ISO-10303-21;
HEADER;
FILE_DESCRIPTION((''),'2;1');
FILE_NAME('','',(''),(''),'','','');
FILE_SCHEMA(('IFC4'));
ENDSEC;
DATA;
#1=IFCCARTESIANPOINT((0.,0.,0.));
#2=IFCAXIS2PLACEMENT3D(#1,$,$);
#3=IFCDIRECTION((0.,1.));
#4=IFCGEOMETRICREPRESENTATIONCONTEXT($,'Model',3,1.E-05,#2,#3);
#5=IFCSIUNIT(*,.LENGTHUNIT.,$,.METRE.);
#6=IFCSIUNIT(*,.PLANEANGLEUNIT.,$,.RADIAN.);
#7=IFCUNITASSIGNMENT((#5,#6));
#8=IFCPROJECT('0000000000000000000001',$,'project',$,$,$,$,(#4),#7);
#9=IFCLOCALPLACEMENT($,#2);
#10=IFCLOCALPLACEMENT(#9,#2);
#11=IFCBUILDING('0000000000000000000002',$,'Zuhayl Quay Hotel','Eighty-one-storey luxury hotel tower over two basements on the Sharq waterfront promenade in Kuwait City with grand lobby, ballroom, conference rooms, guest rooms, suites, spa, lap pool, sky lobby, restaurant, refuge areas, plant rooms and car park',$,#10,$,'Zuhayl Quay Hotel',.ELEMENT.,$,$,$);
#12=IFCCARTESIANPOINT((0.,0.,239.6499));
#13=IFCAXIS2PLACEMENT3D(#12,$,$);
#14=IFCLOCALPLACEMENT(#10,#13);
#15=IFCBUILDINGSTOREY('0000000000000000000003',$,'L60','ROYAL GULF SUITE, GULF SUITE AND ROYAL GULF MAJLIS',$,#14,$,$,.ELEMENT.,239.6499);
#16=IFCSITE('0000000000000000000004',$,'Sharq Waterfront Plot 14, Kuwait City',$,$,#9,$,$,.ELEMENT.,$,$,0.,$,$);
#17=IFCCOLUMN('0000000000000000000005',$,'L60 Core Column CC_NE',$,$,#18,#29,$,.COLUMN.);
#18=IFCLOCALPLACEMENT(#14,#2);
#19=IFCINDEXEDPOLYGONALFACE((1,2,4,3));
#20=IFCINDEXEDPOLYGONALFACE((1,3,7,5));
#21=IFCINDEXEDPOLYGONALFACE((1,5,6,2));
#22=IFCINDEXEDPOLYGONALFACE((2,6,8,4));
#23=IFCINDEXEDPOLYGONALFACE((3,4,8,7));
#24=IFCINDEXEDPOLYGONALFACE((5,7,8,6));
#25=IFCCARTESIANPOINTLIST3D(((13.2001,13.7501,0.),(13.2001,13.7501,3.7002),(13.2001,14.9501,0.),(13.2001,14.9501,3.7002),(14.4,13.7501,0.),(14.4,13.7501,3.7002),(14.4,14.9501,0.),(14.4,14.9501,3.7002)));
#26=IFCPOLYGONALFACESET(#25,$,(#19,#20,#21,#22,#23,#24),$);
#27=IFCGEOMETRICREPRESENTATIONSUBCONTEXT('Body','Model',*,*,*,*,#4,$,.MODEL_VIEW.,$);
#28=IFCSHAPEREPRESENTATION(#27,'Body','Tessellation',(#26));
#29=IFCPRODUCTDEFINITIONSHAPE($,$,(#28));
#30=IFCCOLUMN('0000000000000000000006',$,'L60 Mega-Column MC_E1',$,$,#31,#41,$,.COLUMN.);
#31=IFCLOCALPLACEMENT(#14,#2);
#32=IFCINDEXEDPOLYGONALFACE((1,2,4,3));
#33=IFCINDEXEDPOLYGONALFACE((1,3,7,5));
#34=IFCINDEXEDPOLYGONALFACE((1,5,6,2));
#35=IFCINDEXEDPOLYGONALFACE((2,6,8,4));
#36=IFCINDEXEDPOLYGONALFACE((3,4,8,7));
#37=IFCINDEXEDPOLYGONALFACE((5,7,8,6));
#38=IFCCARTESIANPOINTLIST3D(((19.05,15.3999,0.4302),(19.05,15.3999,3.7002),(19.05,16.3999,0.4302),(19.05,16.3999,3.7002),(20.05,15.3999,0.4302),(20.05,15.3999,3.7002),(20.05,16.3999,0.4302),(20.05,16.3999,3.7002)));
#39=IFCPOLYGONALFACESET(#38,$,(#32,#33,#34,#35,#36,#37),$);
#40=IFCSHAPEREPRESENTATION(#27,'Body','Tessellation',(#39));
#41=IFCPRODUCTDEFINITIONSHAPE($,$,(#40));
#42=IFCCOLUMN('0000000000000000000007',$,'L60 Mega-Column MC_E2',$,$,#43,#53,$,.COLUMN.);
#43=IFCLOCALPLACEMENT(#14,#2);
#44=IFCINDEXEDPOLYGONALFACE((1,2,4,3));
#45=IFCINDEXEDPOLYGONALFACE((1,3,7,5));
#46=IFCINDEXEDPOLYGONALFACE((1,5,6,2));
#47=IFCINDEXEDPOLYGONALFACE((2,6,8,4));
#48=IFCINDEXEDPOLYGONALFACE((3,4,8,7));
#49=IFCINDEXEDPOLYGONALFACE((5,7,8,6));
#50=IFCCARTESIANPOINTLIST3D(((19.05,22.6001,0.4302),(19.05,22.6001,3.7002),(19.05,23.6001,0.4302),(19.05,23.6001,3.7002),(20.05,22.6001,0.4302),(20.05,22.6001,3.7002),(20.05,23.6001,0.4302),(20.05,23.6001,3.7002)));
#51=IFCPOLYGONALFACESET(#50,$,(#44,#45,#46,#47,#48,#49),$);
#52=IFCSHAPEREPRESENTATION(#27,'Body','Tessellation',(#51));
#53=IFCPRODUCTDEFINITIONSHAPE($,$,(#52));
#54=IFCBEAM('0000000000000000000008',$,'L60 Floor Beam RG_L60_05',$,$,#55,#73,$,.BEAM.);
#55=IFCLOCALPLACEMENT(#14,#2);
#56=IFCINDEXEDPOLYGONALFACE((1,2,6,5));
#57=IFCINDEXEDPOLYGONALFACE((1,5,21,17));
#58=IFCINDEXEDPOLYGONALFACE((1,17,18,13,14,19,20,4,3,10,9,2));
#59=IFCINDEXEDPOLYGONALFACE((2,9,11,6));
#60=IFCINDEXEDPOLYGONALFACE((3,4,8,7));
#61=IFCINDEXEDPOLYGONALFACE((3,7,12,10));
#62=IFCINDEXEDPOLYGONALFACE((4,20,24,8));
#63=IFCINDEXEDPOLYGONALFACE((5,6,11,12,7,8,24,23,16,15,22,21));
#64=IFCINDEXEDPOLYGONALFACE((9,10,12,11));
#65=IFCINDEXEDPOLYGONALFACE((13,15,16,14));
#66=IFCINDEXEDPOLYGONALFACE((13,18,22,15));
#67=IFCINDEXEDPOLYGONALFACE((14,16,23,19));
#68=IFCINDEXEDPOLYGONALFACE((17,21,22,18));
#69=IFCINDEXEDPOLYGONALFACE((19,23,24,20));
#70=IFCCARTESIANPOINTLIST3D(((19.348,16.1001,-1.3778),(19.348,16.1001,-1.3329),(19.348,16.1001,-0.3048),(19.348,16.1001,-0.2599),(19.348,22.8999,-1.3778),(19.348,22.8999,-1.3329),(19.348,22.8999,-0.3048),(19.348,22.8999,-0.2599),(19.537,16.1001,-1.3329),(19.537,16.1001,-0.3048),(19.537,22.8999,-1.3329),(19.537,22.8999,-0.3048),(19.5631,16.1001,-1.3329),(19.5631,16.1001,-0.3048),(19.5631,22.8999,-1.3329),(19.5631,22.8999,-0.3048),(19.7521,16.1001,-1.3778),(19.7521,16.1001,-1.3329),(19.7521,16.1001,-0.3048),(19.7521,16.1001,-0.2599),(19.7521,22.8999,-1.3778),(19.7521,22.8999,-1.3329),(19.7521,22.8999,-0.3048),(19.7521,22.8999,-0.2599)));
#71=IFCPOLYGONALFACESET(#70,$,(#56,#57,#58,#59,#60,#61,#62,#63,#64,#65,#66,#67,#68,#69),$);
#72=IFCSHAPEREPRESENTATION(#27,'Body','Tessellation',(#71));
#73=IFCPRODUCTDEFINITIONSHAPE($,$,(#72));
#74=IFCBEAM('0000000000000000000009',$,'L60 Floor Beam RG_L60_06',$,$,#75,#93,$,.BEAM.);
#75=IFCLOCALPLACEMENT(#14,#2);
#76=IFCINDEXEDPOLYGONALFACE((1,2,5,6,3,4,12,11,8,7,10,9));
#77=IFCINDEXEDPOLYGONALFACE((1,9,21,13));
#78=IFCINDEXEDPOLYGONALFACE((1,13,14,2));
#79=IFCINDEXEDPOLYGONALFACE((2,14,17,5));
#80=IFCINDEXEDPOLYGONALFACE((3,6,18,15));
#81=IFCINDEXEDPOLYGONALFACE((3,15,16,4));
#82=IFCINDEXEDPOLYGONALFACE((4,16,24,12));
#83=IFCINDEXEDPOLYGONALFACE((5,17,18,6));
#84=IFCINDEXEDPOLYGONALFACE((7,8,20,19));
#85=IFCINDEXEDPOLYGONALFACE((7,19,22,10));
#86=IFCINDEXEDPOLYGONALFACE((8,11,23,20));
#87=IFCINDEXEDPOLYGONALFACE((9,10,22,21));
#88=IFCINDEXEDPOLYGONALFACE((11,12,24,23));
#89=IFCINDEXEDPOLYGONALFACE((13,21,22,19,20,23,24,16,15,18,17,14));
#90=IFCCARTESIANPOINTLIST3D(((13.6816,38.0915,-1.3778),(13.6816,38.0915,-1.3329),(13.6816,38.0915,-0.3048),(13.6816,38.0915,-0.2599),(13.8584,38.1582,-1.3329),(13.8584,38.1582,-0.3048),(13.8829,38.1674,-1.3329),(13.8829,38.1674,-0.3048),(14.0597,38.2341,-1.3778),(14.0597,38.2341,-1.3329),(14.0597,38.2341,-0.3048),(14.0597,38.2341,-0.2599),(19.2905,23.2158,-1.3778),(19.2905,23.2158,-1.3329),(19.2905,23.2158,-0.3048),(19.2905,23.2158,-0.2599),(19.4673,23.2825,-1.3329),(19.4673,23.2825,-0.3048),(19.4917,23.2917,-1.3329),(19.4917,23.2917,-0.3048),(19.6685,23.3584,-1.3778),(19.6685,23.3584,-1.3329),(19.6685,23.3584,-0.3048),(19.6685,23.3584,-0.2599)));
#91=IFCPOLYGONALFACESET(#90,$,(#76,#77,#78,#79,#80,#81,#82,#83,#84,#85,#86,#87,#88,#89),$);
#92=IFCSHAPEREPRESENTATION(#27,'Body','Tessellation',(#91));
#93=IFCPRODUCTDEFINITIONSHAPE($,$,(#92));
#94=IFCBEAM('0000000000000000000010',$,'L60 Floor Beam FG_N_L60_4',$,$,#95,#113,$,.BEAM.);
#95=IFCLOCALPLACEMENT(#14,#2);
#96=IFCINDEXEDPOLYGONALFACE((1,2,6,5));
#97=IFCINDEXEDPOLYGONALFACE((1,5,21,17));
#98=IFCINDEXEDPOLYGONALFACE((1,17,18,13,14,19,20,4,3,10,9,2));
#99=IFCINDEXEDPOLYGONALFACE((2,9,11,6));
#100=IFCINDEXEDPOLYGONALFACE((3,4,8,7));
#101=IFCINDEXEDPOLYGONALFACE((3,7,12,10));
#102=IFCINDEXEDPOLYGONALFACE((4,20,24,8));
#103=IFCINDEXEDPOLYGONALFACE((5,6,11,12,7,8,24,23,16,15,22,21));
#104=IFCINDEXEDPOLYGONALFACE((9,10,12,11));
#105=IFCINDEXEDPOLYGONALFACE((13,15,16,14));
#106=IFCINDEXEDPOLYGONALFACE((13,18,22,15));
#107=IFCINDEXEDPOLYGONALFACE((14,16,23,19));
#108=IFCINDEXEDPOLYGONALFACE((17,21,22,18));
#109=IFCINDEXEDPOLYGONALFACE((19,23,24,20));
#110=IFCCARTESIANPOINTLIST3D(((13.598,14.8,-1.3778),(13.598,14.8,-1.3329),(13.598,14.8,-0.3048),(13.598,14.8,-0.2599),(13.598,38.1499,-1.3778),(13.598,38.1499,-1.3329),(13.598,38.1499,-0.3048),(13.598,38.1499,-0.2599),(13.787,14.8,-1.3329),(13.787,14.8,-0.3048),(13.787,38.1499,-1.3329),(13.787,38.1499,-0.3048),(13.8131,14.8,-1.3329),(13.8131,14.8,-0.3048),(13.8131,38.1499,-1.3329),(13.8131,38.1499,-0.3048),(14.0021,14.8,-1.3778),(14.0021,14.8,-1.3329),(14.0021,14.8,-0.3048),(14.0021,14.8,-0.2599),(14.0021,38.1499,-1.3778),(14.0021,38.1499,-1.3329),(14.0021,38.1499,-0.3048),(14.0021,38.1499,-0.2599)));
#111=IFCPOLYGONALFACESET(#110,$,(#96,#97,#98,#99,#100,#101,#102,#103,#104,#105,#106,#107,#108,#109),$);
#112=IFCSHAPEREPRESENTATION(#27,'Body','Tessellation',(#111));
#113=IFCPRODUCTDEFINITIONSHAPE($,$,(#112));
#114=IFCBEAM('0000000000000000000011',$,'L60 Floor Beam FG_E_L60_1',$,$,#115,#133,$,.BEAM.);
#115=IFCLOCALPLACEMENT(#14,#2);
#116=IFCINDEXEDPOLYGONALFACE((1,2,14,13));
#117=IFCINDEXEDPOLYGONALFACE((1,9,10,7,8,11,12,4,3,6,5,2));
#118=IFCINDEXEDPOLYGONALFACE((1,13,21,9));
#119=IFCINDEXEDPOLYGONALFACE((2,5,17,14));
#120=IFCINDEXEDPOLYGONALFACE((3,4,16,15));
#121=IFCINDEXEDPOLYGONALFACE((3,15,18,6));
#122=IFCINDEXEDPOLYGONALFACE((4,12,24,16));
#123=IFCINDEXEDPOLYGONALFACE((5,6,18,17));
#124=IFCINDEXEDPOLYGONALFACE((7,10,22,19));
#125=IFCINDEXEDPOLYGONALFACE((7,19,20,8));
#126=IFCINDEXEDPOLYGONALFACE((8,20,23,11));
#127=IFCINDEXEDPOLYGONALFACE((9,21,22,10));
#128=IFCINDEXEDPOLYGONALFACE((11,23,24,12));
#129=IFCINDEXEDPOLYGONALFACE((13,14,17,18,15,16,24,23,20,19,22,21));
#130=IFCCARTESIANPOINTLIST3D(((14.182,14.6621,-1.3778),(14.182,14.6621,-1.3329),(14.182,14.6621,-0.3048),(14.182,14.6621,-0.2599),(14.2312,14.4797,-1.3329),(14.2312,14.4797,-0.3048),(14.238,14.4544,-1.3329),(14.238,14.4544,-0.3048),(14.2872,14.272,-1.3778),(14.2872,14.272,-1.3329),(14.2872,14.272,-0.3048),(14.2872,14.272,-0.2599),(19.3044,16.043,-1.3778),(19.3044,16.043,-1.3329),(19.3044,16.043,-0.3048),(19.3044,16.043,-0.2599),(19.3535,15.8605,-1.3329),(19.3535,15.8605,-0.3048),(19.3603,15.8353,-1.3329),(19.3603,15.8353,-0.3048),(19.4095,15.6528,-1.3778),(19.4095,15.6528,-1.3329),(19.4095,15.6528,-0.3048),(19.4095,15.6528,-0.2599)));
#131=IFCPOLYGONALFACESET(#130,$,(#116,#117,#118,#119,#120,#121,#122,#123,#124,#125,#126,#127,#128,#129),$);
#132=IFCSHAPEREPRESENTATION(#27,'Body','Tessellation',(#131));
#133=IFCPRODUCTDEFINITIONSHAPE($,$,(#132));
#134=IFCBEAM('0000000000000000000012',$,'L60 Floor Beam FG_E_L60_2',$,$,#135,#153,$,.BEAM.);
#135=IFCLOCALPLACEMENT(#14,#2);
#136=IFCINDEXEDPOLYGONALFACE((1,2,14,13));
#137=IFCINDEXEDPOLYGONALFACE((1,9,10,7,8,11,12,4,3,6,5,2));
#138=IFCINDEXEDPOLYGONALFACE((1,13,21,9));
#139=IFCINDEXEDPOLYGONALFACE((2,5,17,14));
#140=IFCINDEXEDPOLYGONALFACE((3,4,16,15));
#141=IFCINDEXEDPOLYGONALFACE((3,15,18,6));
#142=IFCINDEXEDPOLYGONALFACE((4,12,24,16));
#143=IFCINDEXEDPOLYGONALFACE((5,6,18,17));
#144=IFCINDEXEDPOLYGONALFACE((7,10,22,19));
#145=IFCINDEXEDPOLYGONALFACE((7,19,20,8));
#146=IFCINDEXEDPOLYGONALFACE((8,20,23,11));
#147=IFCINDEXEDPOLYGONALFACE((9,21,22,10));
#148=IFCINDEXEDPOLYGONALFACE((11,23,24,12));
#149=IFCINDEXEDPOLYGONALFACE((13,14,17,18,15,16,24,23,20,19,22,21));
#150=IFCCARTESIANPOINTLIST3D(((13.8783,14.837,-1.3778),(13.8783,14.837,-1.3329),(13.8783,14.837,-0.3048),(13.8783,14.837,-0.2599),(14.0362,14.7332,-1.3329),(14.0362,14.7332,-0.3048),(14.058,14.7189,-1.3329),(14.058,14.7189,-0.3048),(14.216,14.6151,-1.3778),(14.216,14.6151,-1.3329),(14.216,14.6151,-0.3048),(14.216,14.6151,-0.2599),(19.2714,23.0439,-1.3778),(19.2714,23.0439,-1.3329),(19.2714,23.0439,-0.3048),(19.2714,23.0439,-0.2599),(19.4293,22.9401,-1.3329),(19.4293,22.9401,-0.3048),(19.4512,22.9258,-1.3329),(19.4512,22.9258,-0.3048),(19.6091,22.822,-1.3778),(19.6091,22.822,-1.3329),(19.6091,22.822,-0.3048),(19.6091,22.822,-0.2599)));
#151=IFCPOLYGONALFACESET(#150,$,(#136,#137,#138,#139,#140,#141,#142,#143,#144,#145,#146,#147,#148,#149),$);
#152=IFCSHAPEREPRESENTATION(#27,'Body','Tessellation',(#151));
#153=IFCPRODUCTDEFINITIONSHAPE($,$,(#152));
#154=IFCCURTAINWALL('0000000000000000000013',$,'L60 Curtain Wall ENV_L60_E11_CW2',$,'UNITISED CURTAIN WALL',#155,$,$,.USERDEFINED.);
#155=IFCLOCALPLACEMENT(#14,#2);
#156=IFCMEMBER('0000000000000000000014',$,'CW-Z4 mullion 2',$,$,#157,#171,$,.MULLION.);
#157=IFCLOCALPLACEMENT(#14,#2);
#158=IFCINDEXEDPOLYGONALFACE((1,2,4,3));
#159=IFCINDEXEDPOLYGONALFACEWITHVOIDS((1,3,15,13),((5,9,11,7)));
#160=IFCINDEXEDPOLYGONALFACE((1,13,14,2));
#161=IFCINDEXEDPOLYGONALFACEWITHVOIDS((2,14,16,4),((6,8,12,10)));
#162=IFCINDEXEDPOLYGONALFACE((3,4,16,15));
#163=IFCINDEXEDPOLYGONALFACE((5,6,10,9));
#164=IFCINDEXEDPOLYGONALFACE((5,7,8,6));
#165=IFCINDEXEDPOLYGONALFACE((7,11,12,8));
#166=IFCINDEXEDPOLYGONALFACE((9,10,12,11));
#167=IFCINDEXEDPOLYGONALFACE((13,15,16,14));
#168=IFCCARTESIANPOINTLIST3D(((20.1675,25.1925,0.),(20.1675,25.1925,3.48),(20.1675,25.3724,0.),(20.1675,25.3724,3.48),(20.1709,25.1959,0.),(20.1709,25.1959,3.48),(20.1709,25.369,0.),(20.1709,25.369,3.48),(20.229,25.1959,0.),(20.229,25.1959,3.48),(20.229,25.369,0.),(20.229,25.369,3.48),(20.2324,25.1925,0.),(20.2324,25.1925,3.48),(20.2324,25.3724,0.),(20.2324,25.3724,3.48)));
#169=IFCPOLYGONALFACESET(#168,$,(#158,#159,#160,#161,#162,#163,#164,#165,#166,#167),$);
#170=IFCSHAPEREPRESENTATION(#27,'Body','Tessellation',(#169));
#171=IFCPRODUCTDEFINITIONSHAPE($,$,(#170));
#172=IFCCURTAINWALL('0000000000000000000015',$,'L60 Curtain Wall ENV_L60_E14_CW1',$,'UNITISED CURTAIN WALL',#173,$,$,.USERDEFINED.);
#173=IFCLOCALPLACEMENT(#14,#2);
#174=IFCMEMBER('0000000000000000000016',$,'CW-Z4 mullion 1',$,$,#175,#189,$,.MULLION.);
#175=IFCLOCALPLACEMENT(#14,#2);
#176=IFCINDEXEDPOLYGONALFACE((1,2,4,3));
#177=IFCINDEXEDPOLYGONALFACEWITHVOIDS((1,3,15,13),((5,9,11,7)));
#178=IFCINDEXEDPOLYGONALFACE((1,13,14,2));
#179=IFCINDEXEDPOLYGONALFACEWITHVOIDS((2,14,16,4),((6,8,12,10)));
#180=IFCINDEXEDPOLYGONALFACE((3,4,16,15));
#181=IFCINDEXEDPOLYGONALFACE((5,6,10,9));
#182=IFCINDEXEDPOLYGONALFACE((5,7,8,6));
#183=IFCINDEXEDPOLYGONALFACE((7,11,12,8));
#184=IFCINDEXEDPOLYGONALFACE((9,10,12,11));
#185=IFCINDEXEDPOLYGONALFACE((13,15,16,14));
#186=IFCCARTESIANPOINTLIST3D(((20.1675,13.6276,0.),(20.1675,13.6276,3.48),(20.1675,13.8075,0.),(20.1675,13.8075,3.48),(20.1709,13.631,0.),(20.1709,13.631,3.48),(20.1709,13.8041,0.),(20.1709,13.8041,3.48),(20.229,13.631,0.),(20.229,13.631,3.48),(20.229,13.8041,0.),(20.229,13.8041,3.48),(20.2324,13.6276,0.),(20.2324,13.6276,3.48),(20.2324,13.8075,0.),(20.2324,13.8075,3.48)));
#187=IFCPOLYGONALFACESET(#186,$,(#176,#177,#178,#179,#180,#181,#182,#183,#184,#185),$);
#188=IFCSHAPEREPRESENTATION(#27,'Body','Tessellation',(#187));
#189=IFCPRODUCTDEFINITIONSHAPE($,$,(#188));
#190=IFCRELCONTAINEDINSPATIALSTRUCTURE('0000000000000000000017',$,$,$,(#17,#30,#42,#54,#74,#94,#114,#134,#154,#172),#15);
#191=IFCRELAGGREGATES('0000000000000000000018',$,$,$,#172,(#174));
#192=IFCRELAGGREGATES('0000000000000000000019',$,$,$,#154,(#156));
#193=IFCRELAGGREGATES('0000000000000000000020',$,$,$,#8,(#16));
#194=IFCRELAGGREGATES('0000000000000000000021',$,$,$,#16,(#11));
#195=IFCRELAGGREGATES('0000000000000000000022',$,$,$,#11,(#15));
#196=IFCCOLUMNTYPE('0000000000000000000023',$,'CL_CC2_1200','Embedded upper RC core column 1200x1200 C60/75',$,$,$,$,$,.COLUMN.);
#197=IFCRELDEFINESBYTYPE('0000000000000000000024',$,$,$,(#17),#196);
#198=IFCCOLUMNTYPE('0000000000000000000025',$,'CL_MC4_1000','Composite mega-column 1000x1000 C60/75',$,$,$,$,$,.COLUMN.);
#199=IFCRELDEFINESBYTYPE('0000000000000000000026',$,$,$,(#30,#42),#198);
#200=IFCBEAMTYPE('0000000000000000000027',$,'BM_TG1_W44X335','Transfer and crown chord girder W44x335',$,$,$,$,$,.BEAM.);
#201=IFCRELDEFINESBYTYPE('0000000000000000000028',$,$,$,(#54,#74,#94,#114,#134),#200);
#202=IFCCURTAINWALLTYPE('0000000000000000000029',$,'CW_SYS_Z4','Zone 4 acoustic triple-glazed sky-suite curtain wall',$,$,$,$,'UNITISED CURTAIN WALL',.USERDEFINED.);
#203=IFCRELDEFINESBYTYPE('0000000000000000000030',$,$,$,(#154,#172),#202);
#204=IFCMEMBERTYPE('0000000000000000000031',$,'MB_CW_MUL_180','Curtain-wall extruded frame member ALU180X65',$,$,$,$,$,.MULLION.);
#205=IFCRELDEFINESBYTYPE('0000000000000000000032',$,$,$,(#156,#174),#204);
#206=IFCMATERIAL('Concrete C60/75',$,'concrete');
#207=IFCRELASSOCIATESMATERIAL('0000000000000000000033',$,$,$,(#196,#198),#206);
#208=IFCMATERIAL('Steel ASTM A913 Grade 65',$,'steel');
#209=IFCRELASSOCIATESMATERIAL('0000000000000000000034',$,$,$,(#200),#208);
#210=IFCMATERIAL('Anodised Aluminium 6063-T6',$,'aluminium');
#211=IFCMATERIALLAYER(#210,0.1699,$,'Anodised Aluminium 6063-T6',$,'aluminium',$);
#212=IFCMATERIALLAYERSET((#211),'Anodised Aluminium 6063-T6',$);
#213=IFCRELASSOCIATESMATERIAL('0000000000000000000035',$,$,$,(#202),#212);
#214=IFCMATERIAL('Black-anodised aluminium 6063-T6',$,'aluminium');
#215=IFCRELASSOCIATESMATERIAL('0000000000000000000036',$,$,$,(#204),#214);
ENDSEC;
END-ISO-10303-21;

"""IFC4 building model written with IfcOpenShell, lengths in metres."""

from ifc_helpers import new_model, si_unit, direction, frame, origin, origin_2d, place, context, subcontext, project, spatial, rectangle, hollow_rectangle, i_section, extrude, material, layer, layer_set, material_profile, profile_set, type_object, element, aggregate, save


model = new_model("IFC4")

# Units and contexts
model_context = context("Model", 3, precision=1e-05, world=origin(), true_north=direction((0.0, 1.0)))
body_context = subcontext(model_context, "Body", "Model", "MODEL_VIEW")
ifc_project = project(units=[si_unit("LENGTHUNIT", "METRE"), si_unit("PLANEANGLEUNIT", "RADIAN")], contexts=[model_context])

# Site, building, storey
site_placement = place(None, origin())
site = spatial("IfcSite", under=ifc_project, at=site_placement, Name="Sharq Waterfront Plot 14, Kuwait City", CompositionType="ELEMENT", RefElevation=0.0)
building_placement = place(site_placement, origin())
building = spatial("IfcBuilding", under=site, at=building_placement, Name="Zuhayl Quay Hotel", Description="Eighty-one-storey luxury hotel tower over two basements on the Sharq waterfront promenade in Kuwait City with grand lobby, ballroom, conference rooms, guest rooms, suites, spa, lap pool, sky lobby, restaurant, refuge areas, plant rooms and car park", LongName="Zuhayl Quay Hotel", CompositionType="ELEMENT")
storey_placement = place(building_placement, frame((0.0, 0.0, 239.6499)))
storey = spatial("IfcBuildingStorey", under=building, at=storey_placement, Name="L60", Description="ROYAL GULF SUITE, GULF SUITE AND ROYAL GULF MAJLIS", CompositionType="ELEMENT", Elevation=239.6499)

# Columns
ifc_material_1 = material(Name="Concrete C60/75", Category="concrete")
ifc_material_profile_1 = material_profile(ifc_material_1, rectangle(XDim=1.2, YDim=1.2, at=origin_2d()), Name="RC1200X1200")
ifc_profile_set_1 = profile_set([ifc_material_profile_1], Name="Concrete C60/75")
column_type_1 = type_object("IfcColumnType", Name="CL_CC2_1200", Description="Embedded upper RC core column 1200x1200 C60/75", PredefinedType="COLUMN", material=ifc_profile_set_1)
column_placement = place(storey_placement, frame((13.8, 14.3501, 0.0), z_axis=(0.0, 0.0, 1.0), x_axis=(1.0, 0.0, 0.0)))
element("IfcColumn", 1, at=column_placement, inside=storey, type_object=column_type_1, Name="L60 Core Column CC_NE", PredefinedType="COLUMN", context=body_context, shape_type="SweptSolid", body=[
    extrude(rectangle(XDim=1.2, YDim=1.2, at=origin_2d()), origin(), (0.0, 0.0, 1.0), 3.7002),
])
ifc_material_profile_2 = material_profile(ifc_material_1, rectangle(XDim=1.0, YDim=1.0, at=origin_2d()), Name="RC1000X1000")
ifc_profile_set_2 = profile_set([ifc_material_profile_2], Name="Concrete C60/75")
column_type_2 = type_object("IfcColumnType", Name="CL_MC4_1000", Description="Composite mega-column 1000x1000 C60/75", PredefinedType="COLUMN", material=ifc_profile_set_2)
for number, where, z_axis, x_axis, name in (
    (2, (19.55, 15.8999, 0.4302), (0.0, 0.0, 1.0), (1.0, 0.0, 0.0), "L60 Mega-Column MC_E1"),
    (3, (19.55, 23.1001, 0.4302), (0.0, 0.0, 1.0), (1.0, 0.0, 0.0), "L60 Mega-Column MC_E2"),
):
    element("IfcColumn", number, at=place(storey_placement, frame(where, z_axis=z_axis, x_axis=x_axis)), inside=storey, type_object=column_type_2, Name=name, PredefinedType="COLUMN", context=body_context, shape_type="SweptSolid", body=[
        extrude(rectangle(XDim=1.0, YDim=1.0, at=origin_2d()), origin(), (0.0, 0.0, 1.0), 3.27),
    ])

# Beams
ifc_material_2 = material(Name="Steel ASTM A913 Grade 65", Category="steel")
ifc_material_profile_3 = material_profile(ifc_material_2, i_section(OverallWidth=0.4041, OverallDepth=1.1179, WebThickness=0.0261, FlangeThickness=0.0449, at=origin_2d()), Name="W44X335")
ifc_profile_set_3 = profile_set([ifc_material_profile_3], Name="Steel ASTM A913 Grade 65")
beam_type = type_object("IfcBeamType", Name="BM_TG1_W44X335", Description="Transfer and crown chord girder W44x335", PredefinedType="BEAM", material=ifc_profile_set_3)
beam_1_placement = place(storey_placement, frame((19.55, 16.1001, -0.8188), z_axis=(0.0, 1.0, 0.0), x_axis=(-1.0, 0.0, 0.0)))
element("IfcBeam", 4, at=beam_1_placement, inside=storey, type_object=beam_type, Name="L60 Floor Beam RG_L60_05", PredefinedType="BEAM", context=body_context, shape_type="SweptSolid", body=[
    extrude(i_section(OverallWidth=0.4041, OverallDepth=1.1179, WebThickness=0.0261, FlangeThickness=0.0449, at=origin_2d()), origin(), (0.0, 0.0, 1.0), 6.7998),
])
beam_2_placement = place(storey_placement, frame((19.4795, 23.2871, -0.8188), z_axis=(-0.352804, 0.935697, 0.0), x_axis=(-0.935697, -0.352804, 0.0)))
element("IfcBeam", 5, at=beam_2_placement, inside=storey, type_object=beam_type, Name="L60 Floor Beam RG_L60_06", PredefinedType="BEAM", context=body_context, shape_type="SweptSolid", body=[
    extrude(i_section(OverallWidth=0.4041, OverallDepth=1.1179, WebThickness=0.0261, FlangeThickness=0.0449, at=origin_2d()), origin(), (0.0, 0.0, 1.0), 15.8979),
])
beam_3_placement = place(storey_placement, frame((13.8, 14.8, -0.8188), z_axis=(0.0, 1.0, 0.0), x_axis=(-1.0, 0.0, 0.0)))
element("IfcBeam", 6, at=beam_3_placement, inside=storey, type_object=beam_type, Name="L60 Floor Beam FG_N_L60_4", PredefinedType="BEAM", context=body_context, shape_type="SweptSolid", body=[
    extrude(i_section(OverallWidth=0.4041, OverallDepth=1.1179, WebThickness=0.0261, FlangeThickness=0.0449, at=origin_2d()), origin(), (0.0, 0.0, 1.0), 23.3499),
])
beam_4_placement = place(storey_placement, frame((14.2346, 14.467, -0.8188), z_axis=(0.965532, 0.260285, 0.0), x_axis=(-0.260285, 0.965532, 0.0)))
element("IfcBeam", 7, at=beam_4_placement, inside=storey, type_object=beam_type, Name="L60 Floor Beam FG_E_L60_1", PredefinedType="BEAM", context=body_context, shape_type="SweptSolid", body=[
    extrude(i_section(OverallWidth=0.4041, OverallDepth=1.1179, WebThickness=0.0261, FlangeThickness=0.0449, at=origin_2d()), origin(), (0.0, 0.0, 1.0), 5.3052),
])
beam_5_placement = place(storey_placement, frame((14.0471, 14.7261, -0.8188), z_axis=(0.54918, 0.835704, 0.0), x_axis=(-0.835704, 0.54918, 0.0)))
element("IfcBeam", 8, at=beam_5_placement, inside=storey, type_object=beam_type, Name="L60 Floor Beam FG_E_L60_2", PredefinedType="BEAM", context=body_context, shape_type="SweptSolid", body=[
    extrude(i_section(OverallWidth=0.4041, OverallDepth=1.1179, WebThickness=0.0261, FlangeThickness=0.0449, at=origin_2d()), origin(), (0.0, 0.0, 1.0), 9.8203),
])

# Curtain wall, member
ifc_material_3 = material(Name="Anodised Aluminium 6063-T6", Category="aluminium")
ifc_layer_1 = layer(ifc_material_3, 0.1699, Name="Anodised Aluminium 6063-T6", Category="aluminium")
ifc_layer_set_1 = layer_set([ifc_layer_1], Name="Anodised Aluminium 6063-T6")
curtain_wall_type = type_object("IfcCurtainWallType", Name="CW_SYS_Z4", Description="Zone 4 acoustic triple-glazed sky-suite curtain wall", ElementType="UNITISED CURTAIN WALL", PredefinedType="USERDEFINED", material=ifc_layer_set_1)
curtain_wall_1_placement = place(storey_placement, origin())
curtain_wall_1 = element("IfcCurtainWall", 9, at=curtain_wall_1_placement, inside=storey, type_object=curtain_wall_type, Name="L60 Curtain Wall ENV_L60_E11_CW2", ObjectType="UNITISED CURTAIN WALL", PredefinedType="USERDEFINED")
ifc_material_4 = material(Name="Black-anodised aluminium 6063-T6", Category="aluminium")
ifc_material_profile_4 = material_profile(ifc_material_4, hollow_rectangle(XDim=0.0649, YDim=0.1799, WallThickness=0.0034, at=origin_2d()), Name="ALU180X65")
ifc_profile_set_4 = profile_set([ifc_material_profile_4], Name="Black-anodised aluminium 6063-T6")
member_type_1 = type_object("IfcMemberType", Name="MB_CW_MUL_180", Description="Curtain-wall extruded frame member ALU180X65", PredefinedType="MULLION", material=ifc_profile_set_4)
member_1_placement = place(storey_placement, frame((20.2, 25.2825, 0.0), z_axis=(0.0, 0.0, 1.0), x_axis=(1.0, 0.0, 0.0)))
member_1 = element("IfcMember", 10, at=member_1_placement, type_object=member_type_1, Name="CW-Z4 mullion 2", PredefinedType="MULLION", context=body_context, shape_type="SweptSolid", body=[
    extrude(hollow_rectangle(XDim=0.0649, YDim=0.1799, WallThickness=0.0034, at=origin_2d()), origin(), (0.0, 0.0, 1.0), 3.48),
])

# Curtain wall, member
curtain_wall_2_placement = place(storey_placement, origin())
curtain_wall_2 = element("IfcCurtainWall", 11, at=curtain_wall_2_placement, inside=storey, type_object=curtain_wall_type, Name="L60 Curtain Wall ENV_L60_E14_CW1", ObjectType="UNITISED CURTAIN WALL", PredefinedType="USERDEFINED")
member_2_placement = place(storey_placement, frame((20.2, 13.7175, 0.0), z_axis=(0.0, 0.0, 1.0), x_axis=(1.0, 0.0, 0.0)))
member_2 = element("IfcMember", 12, at=member_2_placement, type_object=member_type_1, Name="CW-Z4 mullion 1", PredefinedType="MULLION", context=body_context, shape_type="SweptSolid", body=[
    extrude(hollow_rectangle(XDim=0.0649, YDim=0.1799, WallThickness=0.0034, at=origin_2d()), origin(), (0.0, 0.0, 1.0), 3.48),
])
aggregate(curtain_wall_2, [member_2])

aggregate(curtain_wall_1, [member_1])

save(model, "model.ifc")
